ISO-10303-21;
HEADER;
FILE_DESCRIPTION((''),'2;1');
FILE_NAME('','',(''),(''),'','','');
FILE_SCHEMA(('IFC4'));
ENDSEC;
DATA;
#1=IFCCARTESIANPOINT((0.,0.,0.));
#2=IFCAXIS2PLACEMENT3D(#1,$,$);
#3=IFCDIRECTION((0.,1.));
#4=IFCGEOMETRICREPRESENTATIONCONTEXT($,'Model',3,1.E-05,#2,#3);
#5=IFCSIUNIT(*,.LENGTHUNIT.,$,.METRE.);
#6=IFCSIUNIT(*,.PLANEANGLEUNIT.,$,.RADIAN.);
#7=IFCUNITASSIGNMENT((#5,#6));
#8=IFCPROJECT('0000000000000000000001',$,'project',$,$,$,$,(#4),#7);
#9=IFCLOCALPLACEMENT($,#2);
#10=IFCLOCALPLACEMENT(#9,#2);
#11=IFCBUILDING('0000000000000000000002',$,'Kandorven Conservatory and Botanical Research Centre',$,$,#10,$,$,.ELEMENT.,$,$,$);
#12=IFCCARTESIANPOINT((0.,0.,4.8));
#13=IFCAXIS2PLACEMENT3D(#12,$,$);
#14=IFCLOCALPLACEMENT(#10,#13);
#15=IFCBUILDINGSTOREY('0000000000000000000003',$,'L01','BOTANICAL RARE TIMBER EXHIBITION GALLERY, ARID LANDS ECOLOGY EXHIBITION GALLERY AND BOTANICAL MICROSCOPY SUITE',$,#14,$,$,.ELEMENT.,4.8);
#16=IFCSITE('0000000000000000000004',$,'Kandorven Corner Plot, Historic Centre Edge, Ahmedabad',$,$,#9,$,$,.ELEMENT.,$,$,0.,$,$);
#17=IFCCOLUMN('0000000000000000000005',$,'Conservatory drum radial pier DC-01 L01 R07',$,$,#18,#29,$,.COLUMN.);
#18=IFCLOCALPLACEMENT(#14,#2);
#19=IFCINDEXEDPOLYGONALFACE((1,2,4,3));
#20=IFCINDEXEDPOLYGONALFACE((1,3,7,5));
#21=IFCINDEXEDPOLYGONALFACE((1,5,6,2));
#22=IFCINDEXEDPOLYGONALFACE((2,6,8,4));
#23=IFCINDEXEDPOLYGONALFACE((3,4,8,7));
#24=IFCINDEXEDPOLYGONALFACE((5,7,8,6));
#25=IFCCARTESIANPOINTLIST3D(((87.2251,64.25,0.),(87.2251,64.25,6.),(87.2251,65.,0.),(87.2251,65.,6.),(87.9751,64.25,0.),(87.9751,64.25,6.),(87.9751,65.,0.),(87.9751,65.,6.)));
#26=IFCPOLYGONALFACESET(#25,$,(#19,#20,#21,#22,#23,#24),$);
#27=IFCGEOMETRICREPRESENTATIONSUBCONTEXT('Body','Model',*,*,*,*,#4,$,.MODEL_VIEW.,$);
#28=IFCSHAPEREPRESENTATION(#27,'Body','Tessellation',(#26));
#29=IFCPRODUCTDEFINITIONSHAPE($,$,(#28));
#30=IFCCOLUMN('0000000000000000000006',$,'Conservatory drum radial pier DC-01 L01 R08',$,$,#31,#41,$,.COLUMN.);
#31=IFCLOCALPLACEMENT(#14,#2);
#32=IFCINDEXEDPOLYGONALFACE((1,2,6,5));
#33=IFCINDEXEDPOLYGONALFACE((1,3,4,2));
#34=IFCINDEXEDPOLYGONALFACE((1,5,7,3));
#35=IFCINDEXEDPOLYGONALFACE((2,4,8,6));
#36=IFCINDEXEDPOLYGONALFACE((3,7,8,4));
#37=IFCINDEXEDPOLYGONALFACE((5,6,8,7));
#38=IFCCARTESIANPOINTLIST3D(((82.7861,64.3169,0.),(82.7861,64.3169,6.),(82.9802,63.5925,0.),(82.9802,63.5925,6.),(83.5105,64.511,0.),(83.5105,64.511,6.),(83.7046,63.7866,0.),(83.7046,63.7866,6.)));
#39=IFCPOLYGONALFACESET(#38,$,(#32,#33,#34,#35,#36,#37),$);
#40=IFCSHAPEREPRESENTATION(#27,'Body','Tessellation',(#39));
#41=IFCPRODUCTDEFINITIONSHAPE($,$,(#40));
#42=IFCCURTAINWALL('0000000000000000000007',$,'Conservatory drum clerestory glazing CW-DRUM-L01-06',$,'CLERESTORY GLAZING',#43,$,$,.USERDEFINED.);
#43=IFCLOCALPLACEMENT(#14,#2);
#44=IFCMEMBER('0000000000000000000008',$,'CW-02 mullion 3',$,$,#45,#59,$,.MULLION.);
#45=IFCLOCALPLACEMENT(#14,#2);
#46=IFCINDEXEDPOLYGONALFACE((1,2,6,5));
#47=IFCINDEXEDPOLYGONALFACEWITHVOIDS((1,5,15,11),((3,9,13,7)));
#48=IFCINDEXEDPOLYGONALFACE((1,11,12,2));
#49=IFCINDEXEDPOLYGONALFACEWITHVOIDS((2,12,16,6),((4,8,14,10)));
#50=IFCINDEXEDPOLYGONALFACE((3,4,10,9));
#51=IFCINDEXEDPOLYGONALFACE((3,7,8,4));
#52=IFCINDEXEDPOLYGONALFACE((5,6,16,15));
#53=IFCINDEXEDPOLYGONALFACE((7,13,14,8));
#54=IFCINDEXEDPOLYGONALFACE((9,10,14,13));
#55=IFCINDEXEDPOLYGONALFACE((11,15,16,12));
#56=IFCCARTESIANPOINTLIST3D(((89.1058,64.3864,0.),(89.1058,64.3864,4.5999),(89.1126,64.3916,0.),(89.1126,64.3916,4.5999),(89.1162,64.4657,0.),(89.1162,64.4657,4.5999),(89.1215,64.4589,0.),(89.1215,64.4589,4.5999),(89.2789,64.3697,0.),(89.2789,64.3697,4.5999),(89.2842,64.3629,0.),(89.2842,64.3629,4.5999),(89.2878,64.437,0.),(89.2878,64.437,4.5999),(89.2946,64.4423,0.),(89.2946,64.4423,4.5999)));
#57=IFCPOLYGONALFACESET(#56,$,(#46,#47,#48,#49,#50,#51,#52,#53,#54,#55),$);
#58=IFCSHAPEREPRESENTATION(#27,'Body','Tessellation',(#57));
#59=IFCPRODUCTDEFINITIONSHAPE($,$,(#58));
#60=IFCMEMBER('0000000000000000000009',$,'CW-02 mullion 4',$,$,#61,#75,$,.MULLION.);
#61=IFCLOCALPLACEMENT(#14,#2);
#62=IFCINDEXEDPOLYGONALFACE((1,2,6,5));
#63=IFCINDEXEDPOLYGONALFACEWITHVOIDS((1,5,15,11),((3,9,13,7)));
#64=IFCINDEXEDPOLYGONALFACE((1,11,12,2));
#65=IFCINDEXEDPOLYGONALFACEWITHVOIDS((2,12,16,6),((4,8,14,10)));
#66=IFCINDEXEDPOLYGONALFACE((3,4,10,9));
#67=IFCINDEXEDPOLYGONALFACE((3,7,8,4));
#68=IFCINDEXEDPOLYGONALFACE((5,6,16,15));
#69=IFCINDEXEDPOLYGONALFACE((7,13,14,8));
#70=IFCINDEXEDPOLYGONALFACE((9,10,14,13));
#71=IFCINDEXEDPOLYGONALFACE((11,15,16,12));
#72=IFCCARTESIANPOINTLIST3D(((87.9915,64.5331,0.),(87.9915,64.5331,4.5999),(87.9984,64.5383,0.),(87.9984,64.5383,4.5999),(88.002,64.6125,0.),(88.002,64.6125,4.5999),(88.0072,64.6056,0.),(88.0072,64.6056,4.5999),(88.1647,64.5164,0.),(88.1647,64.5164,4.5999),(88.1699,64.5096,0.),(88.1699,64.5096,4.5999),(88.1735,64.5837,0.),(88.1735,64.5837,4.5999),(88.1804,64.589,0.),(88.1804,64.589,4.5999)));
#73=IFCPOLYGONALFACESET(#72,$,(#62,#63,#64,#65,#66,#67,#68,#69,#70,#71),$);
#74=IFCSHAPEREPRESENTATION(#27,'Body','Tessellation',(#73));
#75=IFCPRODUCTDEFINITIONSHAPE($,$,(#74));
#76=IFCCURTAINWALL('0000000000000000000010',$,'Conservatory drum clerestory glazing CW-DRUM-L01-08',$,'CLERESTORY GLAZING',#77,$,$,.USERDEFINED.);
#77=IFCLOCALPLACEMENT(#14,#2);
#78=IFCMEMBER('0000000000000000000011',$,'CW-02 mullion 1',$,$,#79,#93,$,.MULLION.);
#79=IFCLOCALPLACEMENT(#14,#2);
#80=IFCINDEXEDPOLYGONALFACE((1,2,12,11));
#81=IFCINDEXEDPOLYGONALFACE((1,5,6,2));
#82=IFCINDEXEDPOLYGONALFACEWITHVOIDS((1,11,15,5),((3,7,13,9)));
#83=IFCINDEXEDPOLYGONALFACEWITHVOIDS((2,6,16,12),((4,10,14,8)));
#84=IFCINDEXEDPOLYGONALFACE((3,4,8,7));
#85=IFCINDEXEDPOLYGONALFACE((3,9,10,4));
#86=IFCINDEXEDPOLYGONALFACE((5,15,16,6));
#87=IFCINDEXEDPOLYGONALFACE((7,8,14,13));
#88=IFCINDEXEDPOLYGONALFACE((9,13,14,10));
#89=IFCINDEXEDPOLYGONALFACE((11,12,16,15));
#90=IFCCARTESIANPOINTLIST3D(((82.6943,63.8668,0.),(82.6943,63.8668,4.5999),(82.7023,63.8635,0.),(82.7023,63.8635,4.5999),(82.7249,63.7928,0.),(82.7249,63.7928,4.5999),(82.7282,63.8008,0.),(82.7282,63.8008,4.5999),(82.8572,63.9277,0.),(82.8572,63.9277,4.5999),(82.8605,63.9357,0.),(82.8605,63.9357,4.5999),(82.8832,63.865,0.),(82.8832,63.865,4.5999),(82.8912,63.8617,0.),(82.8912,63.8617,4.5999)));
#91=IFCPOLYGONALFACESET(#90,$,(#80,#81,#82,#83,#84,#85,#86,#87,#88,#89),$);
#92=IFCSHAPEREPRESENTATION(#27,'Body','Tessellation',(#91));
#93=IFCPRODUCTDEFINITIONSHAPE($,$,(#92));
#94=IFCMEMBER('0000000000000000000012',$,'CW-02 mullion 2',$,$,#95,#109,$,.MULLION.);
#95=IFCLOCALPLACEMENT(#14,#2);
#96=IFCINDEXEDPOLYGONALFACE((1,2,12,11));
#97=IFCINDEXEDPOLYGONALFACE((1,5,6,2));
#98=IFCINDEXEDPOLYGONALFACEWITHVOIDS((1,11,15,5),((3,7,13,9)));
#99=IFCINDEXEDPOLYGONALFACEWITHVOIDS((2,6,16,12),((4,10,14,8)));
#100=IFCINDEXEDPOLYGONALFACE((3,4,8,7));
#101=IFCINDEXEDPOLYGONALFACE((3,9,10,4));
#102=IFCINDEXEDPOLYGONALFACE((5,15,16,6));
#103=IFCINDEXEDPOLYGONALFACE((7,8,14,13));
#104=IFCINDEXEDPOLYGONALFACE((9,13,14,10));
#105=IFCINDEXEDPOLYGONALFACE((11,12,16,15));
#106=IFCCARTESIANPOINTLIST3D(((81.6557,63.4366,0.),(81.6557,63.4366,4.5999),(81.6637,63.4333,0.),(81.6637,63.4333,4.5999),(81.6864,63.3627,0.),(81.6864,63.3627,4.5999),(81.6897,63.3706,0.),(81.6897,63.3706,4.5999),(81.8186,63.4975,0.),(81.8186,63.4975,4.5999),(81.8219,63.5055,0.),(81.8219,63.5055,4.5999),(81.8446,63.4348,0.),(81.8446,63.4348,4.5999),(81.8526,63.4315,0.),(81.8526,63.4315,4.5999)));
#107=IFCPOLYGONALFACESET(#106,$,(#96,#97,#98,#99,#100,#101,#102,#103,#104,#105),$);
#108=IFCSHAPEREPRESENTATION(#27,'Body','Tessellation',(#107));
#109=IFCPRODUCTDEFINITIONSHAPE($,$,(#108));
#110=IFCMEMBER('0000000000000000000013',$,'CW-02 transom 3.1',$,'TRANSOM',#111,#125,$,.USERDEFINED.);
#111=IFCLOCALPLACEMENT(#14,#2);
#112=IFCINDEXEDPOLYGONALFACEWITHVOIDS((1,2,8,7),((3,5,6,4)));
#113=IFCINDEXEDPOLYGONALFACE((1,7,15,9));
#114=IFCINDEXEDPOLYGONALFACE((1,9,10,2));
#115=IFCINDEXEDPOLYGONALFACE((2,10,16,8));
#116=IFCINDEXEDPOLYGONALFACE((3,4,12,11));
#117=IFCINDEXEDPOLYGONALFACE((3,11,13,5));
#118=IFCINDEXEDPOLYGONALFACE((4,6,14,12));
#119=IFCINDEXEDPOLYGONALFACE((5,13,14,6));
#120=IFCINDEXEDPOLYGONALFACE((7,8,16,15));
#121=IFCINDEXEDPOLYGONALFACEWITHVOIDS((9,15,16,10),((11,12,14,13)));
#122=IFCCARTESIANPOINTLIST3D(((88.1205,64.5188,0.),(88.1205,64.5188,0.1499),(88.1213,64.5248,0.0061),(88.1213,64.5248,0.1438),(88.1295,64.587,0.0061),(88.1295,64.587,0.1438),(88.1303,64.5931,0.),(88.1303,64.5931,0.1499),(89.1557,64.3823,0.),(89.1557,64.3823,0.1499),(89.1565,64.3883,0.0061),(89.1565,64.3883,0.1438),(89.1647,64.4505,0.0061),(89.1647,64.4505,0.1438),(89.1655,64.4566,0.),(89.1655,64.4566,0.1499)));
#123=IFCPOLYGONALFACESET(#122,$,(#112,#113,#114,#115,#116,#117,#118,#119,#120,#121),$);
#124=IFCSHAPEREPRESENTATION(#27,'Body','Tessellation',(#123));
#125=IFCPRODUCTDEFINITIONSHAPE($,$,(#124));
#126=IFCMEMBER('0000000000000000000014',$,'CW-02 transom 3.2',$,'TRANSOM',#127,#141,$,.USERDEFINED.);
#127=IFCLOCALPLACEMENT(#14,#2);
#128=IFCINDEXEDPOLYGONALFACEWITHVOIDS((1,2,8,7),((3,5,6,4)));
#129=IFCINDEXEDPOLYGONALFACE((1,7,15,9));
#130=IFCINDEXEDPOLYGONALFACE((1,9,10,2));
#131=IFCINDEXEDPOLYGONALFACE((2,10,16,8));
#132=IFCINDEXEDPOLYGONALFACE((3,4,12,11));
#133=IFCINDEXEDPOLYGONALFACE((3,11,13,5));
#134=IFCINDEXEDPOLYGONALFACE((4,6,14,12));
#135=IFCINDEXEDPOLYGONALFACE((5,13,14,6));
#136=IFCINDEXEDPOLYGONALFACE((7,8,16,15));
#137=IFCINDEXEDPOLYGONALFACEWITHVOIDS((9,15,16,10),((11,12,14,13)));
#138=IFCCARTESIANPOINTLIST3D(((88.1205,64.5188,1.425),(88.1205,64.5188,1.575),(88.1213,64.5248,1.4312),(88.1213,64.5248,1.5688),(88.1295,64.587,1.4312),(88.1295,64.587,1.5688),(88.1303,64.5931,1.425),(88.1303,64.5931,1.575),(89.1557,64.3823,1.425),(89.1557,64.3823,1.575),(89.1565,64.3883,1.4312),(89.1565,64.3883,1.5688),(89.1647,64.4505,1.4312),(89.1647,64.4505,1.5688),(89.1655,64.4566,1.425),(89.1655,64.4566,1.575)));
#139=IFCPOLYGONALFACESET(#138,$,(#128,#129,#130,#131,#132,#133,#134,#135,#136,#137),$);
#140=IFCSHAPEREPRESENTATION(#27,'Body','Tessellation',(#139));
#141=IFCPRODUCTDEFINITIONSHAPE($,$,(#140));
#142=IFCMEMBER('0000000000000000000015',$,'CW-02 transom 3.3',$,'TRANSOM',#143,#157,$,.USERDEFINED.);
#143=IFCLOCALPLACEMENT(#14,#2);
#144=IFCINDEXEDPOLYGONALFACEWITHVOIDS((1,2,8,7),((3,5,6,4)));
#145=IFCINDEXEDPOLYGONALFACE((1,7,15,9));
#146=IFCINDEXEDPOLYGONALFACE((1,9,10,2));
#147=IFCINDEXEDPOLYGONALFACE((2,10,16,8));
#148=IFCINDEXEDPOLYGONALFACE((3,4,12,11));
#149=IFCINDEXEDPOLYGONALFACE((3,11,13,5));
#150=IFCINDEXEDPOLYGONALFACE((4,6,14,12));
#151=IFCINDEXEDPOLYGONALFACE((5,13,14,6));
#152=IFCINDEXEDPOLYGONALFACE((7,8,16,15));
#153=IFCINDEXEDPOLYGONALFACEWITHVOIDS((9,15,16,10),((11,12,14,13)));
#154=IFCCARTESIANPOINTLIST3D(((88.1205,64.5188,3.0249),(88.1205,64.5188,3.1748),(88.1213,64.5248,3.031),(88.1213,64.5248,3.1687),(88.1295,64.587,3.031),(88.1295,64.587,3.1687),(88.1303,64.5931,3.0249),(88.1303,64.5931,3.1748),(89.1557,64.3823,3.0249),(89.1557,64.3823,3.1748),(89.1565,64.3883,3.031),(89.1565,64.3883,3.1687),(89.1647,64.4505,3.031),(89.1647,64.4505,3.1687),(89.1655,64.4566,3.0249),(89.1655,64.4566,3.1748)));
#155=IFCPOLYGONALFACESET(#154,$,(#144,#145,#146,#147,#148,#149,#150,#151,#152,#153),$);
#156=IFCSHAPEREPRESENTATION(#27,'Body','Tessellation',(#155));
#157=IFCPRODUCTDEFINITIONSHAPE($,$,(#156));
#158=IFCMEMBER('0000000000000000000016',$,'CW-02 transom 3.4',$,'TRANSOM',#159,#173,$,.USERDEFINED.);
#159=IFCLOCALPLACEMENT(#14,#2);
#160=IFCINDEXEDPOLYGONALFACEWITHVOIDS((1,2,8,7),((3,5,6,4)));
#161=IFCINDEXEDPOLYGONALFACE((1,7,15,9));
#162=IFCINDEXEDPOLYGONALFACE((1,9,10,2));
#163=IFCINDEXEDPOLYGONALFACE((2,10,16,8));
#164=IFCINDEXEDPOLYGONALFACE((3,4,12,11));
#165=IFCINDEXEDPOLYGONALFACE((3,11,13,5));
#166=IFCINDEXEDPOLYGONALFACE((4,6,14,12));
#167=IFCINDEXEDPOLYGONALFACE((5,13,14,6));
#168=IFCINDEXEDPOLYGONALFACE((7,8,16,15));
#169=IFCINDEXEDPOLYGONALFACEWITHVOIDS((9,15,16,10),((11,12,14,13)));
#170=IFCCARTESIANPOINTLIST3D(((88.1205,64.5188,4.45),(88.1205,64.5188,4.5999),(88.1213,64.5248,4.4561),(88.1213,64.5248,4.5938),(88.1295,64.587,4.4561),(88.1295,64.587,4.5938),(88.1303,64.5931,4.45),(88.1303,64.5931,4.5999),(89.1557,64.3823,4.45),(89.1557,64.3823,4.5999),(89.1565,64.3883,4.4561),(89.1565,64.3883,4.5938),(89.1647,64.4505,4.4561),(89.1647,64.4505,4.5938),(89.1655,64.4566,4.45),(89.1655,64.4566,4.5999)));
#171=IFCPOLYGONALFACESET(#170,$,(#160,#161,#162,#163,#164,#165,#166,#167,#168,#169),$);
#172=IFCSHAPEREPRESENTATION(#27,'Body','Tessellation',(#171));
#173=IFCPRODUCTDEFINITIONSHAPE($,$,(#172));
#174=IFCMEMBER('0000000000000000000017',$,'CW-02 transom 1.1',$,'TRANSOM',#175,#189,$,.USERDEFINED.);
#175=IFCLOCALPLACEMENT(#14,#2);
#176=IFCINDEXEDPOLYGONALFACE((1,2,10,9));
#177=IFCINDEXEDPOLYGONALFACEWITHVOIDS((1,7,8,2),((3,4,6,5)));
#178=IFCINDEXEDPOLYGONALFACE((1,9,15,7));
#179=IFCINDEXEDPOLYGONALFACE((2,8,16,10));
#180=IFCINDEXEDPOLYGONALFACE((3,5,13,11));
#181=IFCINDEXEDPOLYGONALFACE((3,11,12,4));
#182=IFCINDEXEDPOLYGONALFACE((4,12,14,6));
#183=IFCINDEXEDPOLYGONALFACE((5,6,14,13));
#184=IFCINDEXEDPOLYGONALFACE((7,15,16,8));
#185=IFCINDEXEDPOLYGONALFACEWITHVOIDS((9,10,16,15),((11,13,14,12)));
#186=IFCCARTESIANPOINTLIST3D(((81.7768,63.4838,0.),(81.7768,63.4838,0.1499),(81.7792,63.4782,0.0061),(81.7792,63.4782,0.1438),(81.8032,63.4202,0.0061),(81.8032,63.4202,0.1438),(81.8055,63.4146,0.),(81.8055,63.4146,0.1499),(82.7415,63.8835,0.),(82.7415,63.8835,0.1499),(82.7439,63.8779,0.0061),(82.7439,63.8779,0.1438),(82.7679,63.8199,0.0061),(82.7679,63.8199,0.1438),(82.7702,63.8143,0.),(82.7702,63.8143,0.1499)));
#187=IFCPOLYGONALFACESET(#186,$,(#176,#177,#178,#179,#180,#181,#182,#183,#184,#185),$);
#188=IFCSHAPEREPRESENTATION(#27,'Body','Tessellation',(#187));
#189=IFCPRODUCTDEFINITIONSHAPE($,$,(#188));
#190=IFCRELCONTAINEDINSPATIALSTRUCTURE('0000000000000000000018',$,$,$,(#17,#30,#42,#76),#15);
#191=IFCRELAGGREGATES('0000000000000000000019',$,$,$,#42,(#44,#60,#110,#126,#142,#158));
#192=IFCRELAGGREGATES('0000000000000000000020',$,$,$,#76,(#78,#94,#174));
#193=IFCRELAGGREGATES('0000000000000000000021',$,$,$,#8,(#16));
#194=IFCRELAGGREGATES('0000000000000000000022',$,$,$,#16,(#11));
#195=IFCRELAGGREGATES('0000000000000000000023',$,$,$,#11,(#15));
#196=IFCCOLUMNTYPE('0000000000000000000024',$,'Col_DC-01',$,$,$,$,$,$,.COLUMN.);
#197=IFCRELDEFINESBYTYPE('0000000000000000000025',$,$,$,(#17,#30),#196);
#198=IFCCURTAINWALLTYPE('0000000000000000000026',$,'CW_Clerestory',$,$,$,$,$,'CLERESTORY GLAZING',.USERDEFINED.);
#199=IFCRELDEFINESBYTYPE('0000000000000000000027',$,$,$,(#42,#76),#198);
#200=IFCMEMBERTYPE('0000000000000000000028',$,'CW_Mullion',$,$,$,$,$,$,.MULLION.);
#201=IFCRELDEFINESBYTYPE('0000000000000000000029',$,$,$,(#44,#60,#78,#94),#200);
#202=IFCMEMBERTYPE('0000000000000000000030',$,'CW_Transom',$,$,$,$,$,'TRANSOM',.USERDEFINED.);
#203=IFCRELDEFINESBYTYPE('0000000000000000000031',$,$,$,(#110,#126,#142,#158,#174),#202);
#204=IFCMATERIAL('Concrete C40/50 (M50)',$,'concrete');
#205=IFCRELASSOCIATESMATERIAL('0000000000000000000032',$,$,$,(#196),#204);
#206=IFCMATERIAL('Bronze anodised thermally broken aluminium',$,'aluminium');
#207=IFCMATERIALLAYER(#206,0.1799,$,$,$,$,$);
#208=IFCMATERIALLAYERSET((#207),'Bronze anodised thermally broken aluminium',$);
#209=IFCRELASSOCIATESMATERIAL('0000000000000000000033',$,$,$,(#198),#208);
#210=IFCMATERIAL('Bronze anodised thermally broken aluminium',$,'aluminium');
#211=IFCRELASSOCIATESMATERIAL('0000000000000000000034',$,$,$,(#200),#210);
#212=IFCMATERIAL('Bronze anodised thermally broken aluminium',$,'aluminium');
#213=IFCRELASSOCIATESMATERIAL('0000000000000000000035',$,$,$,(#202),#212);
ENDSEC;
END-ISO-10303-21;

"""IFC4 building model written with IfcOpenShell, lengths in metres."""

from ifc_helpers import new_model, si_unit, direction, frame, origin, origin_2d, place, context, subcontext, project, spatial, rectangle, hollow_rectangle, extrude, material, layer, layer_set, material_profile, profile_set, type_object, element, aggregate, save


model = new_model("IFC4")

# Units and contexts
model_context = context("Model", 3, precision=1e-05, world=origin(), true_north=direction((0.0, 1.0)))
body_context = subcontext(model_context, "Body", "Model", "MODEL_VIEW")
ifc_project = project(units=[si_unit("LENGTHUNIT", "METRE"), si_unit("PLANEANGLEUNIT", "RADIAN")], contexts=[model_context])

# Site, building, storey
site_placement = place(None, origin())
site = spatial("IfcSite", under=ifc_project, at=site_placement, Name="Kandorven Corner Plot, Historic Centre Edge, Ahmedabad", CompositionType="ELEMENT", RefElevation=0.0)
building_placement = place(site_placement, origin())
building = spatial("IfcBuilding", under=site, at=building_placement, Name="Kandorven Conservatory and Botanical Research Centre", CompositionType="ELEMENT")
storey_placement = place(building_placement, frame((0.0, 0.0, 4.8)))
storey = spatial("IfcBuildingStorey", under=building, at=storey_placement, Name="L01", Description="BOTANICAL RARE TIMBER EXHIBITION GALLERY, ARID LANDS ECOLOGY EXHIBITION GALLERY AND BOTANICAL MICROSCOPY SUITE", CompositionType="ELEMENT", Elevation=4.8)

# Columns
ifc_material_1 = material(Name="Concrete C40/50 (M50)", Category="concrete")
ifc_material_profile_1 = material_profile(ifc_material_1, rectangle(XDim=0.75, YDim=0.75, at=origin_2d()))
ifc_profile_set_1 = profile_set([ifc_material_profile_1], Name="Concrete C40/50 (M50)")
column_type = type_object("IfcColumnType", Name="Col_DC-01", PredefinedType="COLUMN", material=ifc_profile_set_1)
for number, where, z_axis, x_axis, name in (
    (1, (87.6001, 64.625, 0.0), (0.0, 0.0, 1.0), (0.0, 1.0, 0.0), "Conservatory drum radial pier DC-01 L01 R07"),
    (2, (83.2454, 64.0518, 0.0), (0.0, 0.0, 1.0), (-0.258819, 0.965926, 0.0), "Conservatory drum radial pier DC-01 L01 R08"),
):
    element("IfcColumn", number, at=place(storey_placement, frame(where, z_axis=z_axis, x_axis=x_axis)), inside=storey, type_object=column_type, Name=name, PredefinedType="COLUMN", context=body_context, shape_type="SweptSolid", body=[
        extrude(rectangle(XDim=0.75, YDim=0.75, at=origin_2d()), origin(), (0.0, 0.0, 1.0), 6.0),
    ])

# Curtain walls, members
ifc_material_2 = material(Name="Bronze anodised thermally broken aluminium", Category="aluminium")
ifc_layer_1 = layer(ifc_material_2, 0.1799)
ifc_layer_set_1 = layer_set([ifc_layer_1], Name="Bronze anodised thermally broken aluminium")
curtain_wall_type = type_object("IfcCurtainWallType", Name="CW_Clerestory", ElementType="CLERESTORY GLAZING", PredefinedType="USERDEFINED", material=ifc_layer_set_1)
curtain_wall_1_placement = place(storey_placement, origin())
curtain_wall_1 = element("IfcCurtainWall", 3, at=curtain_wall_1_placement, inside=storey, type_object=curtain_wall_type, Name="Conservatory drum clerestory glazing CW-DRUM-L01-06", ObjectType="CLERESTORY GLAZING", PredefinedType="USERDEFINED")
ifc_material_3 = material(Name="Bronze anodised thermally broken aluminium", Category="aluminium")
ifc_material_profile_2 = material_profile(ifc_material_3, hollow_rectangle(XDim=0.0801, YDim=0.1799, WallThickness=0.0061, at=origin_2d()))
ifc_profile_set_2 = profile_set([ifc_material_profile_2], Name="Bronze anodised thermally broken aluminium")
member_type_1 = type_object("IfcMemberType", Name="CW_Mullion", PredefinedType="MULLION", material=ifc_profile_set_2)
member_1_placement = place(storey_placement, frame((89.2002, 64.4143, 0.0), z_axis=(0.0, 0.0, 1.0), x_axis=(-0.130552, -0.991441, 0.0)))
member_1 = element("IfcMember", 4, at=member_1_placement, type_object=member_type_1, Name="CW-02 mullion 3", PredefinedType="MULLION", context=body_context, shape_type="SweptSolid", body=[
    extrude(hollow_rectangle(XDim=0.0801, YDim=0.1799, WallThickness=0.0061, at=origin_2d()), origin(), (0.0, 0.0, 1.0), 4.5999),
])
member_2_placement = place(storey_placement, frame((88.0859, 64.561, 0.0), z_axis=(0.0, 0.0, 1.0), x_axis=(-0.130552, -0.991441, 0.0)))
member_2 = element("IfcMember", 5, at=member_2_placement, type_object=member_type_1, Name="CW-02 mullion 4", PredefinedType="MULLION", context=body_context, shape_type="SweptSolid", body=[
    extrude(hollow_rectangle(XDim=0.0801, YDim=0.1799, WallThickness=0.0061, at=origin_2d()), origin(), (0.0, 0.0, 1.0), 4.5999),
])
curtain_wall_2_placement = place(storey_placement, origin())
curtain_wall_2 = element("IfcCurtainWall", 6, at=curtain_wall_2_placement, inside=storey, type_object=curtain_wall_type, Name="Conservatory drum clerestory glazing CW-DRUM-L01-08", ObjectType="CLERESTORY GLAZING", PredefinedType="USERDEFINED")
member_3_placement = place(storey_placement, frame((82.7927, 63.8643, 0.0), z_axis=(0.0, 0.0, 1.0), x_axis=(0.382669, -0.923886, 0.0)))
member_3 = element("IfcMember", 7, at=member_3_placement, type_object=member_type_1, Name="CW-02 mullion 1", PredefinedType="MULLION", context=body_context, shape_type="SweptSolid", body=[
    extrude(hollow_rectangle(XDim=0.0801, YDim=0.1799, WallThickness=0.0061, at=origin_2d()), origin(), (0.0, 0.0, 1.0), 4.5999),
])
member_4_placement = place(storey_placement, frame((81.7542, 63.4341, 0.0), z_axis=(0.0, 0.0, 1.0), x_axis=(0.382669, -0.923886, 0.0)))
member_4 = element("IfcMember", 8, at=member_4_placement, type_object=member_type_1, Name="CW-02 mullion 2", PredefinedType="MULLION", context=body_context, shape_type="SweptSolid", body=[
    extrude(hollow_rectangle(XDim=0.0801, YDim=0.1799, WallThickness=0.0061, at=origin_2d()), origin(), (0.0, 0.0, 1.0), 4.5999),
])

# Members
ifc_material_4 = material(Name="Bronze anodised thermally broken aluminium", Category="aluminium")
ifc_material_profile_3 = material_profile(ifc_material_4, hollow_rectangle(XDim=0.075, YDim=0.1499, WallThickness=0.0061, at=origin_2d()))
ifc_profile_set_3 = profile_set([ifc_material_profile_3], Name="Bronze anodised thermally broken aluminium")
member_type_2 = type_object("IfcMemberType", Name="CW_Transom", ElementType="TRANSOM", PredefinedType="USERDEFINED", material=ifc_profile_set_3)
member_5_placement = place(storey_placement, frame((89.1606, 64.4194, 0.075), z_axis=(-0.991421, 0.130709, 0.0), x_axis=(-0.130709, -0.991421, 0.0)))
member_5 = element("IfcMember", 9, at=member_5_placement, type_object=member_type_2, Name="CW-02 transom 3.1", ObjectType="TRANSOM", PredefinedType="USERDEFINED", context=body_context, shape_type="SweptSolid", body=[
    extrude(hollow_rectangle(XDim=0.075, YDim=0.1499, WallThickness=0.0061, at=origin_2d()), origin(), (0.0, 0.0, 1.0), 1.0442),
])
member_6_placement = place(storey_placement, frame((89.1606, 64.4194, 1.5), z_axis=(-0.991421, 0.130709, 0.0), x_axis=(-0.130709, -0.991421, 0.0)))
member_6 = element("IfcMember", 10, at=member_6_placement, type_object=member_type_2, Name="CW-02 transom 3.2", ObjectType="TRANSOM", PredefinedType="USERDEFINED", context=body_context, shape_type="SweptSolid", body=[
    extrude(hollow_rectangle(XDim=0.075, YDim=0.1499, WallThickness=0.0061, at=origin_2d()), origin(), (0.0, 0.0, 1.0), 1.0442),
])
member_7_placement = place(storey_placement, frame((89.1606, 64.4194, 3.0999), z_axis=(-0.991421, 0.130709, 0.0), x_axis=(-0.130709, -0.991421, 0.0)))
member_7 = element("IfcMember", 11, at=member_7_placement, type_object=member_type_2, Name="CW-02 transom 3.3", ObjectType="TRANSOM", PredefinedType="USERDEFINED", context=body_context, shape_type="SweptSolid", body=[
    extrude(hollow_rectangle(XDim=0.075, YDim=0.1499, WallThickness=0.0061, at=origin_2d()), origin(), (0.0, 0.0, 1.0), 1.0442),
])
member_8_placement = place(storey_placement, frame((89.1606, 64.4194, 4.5249), z_axis=(-0.991421, 0.130709, 0.0), x_axis=(-0.130709, -0.991421, 0.0)))
member_8 = element("IfcMember", 12, at=member_8_placement, type_object=member_type_2, Name="CW-02 transom 3.4", ObjectType="TRANSOM", PredefinedType="USERDEFINED", context=body_context, shape_type="SweptSolid", body=[
    extrude(hollow_rectangle(XDim=0.075, YDim=0.1499, WallThickness=0.0061, at=origin_2d()), origin(), (0.0, 0.0, 1.0), 1.0442),
])
member_9_placement = place(storey_placement, frame((82.7559, 63.8489, 0.075), z_axis=(-0.923843, -0.382772, 0.0), x_axis=(0.382772, -0.923843, 0.0)))
member_9 = element("IfcMember", 13, at=member_9_placement, type_object=member_type_2, Name="CW-02 transom 1.1", ObjectType="TRANSOM", PredefinedType="USERDEFINED", context=body_context, shape_type="SweptSolid", body=[
    extrude(hollow_rectangle(XDim=0.075, YDim=0.1499, WallThickness=0.0061, at=origin_2d()), origin(), (0.0, 0.0, 1.0), 1.0442),
])

aggregate(curtain_wall_1, [member_1, member_2, member_5, member_6, member_7, member_8])
aggregate(curtain_wall_2, [member_3, member_4, member_9])

save(model, "model.ifc")
